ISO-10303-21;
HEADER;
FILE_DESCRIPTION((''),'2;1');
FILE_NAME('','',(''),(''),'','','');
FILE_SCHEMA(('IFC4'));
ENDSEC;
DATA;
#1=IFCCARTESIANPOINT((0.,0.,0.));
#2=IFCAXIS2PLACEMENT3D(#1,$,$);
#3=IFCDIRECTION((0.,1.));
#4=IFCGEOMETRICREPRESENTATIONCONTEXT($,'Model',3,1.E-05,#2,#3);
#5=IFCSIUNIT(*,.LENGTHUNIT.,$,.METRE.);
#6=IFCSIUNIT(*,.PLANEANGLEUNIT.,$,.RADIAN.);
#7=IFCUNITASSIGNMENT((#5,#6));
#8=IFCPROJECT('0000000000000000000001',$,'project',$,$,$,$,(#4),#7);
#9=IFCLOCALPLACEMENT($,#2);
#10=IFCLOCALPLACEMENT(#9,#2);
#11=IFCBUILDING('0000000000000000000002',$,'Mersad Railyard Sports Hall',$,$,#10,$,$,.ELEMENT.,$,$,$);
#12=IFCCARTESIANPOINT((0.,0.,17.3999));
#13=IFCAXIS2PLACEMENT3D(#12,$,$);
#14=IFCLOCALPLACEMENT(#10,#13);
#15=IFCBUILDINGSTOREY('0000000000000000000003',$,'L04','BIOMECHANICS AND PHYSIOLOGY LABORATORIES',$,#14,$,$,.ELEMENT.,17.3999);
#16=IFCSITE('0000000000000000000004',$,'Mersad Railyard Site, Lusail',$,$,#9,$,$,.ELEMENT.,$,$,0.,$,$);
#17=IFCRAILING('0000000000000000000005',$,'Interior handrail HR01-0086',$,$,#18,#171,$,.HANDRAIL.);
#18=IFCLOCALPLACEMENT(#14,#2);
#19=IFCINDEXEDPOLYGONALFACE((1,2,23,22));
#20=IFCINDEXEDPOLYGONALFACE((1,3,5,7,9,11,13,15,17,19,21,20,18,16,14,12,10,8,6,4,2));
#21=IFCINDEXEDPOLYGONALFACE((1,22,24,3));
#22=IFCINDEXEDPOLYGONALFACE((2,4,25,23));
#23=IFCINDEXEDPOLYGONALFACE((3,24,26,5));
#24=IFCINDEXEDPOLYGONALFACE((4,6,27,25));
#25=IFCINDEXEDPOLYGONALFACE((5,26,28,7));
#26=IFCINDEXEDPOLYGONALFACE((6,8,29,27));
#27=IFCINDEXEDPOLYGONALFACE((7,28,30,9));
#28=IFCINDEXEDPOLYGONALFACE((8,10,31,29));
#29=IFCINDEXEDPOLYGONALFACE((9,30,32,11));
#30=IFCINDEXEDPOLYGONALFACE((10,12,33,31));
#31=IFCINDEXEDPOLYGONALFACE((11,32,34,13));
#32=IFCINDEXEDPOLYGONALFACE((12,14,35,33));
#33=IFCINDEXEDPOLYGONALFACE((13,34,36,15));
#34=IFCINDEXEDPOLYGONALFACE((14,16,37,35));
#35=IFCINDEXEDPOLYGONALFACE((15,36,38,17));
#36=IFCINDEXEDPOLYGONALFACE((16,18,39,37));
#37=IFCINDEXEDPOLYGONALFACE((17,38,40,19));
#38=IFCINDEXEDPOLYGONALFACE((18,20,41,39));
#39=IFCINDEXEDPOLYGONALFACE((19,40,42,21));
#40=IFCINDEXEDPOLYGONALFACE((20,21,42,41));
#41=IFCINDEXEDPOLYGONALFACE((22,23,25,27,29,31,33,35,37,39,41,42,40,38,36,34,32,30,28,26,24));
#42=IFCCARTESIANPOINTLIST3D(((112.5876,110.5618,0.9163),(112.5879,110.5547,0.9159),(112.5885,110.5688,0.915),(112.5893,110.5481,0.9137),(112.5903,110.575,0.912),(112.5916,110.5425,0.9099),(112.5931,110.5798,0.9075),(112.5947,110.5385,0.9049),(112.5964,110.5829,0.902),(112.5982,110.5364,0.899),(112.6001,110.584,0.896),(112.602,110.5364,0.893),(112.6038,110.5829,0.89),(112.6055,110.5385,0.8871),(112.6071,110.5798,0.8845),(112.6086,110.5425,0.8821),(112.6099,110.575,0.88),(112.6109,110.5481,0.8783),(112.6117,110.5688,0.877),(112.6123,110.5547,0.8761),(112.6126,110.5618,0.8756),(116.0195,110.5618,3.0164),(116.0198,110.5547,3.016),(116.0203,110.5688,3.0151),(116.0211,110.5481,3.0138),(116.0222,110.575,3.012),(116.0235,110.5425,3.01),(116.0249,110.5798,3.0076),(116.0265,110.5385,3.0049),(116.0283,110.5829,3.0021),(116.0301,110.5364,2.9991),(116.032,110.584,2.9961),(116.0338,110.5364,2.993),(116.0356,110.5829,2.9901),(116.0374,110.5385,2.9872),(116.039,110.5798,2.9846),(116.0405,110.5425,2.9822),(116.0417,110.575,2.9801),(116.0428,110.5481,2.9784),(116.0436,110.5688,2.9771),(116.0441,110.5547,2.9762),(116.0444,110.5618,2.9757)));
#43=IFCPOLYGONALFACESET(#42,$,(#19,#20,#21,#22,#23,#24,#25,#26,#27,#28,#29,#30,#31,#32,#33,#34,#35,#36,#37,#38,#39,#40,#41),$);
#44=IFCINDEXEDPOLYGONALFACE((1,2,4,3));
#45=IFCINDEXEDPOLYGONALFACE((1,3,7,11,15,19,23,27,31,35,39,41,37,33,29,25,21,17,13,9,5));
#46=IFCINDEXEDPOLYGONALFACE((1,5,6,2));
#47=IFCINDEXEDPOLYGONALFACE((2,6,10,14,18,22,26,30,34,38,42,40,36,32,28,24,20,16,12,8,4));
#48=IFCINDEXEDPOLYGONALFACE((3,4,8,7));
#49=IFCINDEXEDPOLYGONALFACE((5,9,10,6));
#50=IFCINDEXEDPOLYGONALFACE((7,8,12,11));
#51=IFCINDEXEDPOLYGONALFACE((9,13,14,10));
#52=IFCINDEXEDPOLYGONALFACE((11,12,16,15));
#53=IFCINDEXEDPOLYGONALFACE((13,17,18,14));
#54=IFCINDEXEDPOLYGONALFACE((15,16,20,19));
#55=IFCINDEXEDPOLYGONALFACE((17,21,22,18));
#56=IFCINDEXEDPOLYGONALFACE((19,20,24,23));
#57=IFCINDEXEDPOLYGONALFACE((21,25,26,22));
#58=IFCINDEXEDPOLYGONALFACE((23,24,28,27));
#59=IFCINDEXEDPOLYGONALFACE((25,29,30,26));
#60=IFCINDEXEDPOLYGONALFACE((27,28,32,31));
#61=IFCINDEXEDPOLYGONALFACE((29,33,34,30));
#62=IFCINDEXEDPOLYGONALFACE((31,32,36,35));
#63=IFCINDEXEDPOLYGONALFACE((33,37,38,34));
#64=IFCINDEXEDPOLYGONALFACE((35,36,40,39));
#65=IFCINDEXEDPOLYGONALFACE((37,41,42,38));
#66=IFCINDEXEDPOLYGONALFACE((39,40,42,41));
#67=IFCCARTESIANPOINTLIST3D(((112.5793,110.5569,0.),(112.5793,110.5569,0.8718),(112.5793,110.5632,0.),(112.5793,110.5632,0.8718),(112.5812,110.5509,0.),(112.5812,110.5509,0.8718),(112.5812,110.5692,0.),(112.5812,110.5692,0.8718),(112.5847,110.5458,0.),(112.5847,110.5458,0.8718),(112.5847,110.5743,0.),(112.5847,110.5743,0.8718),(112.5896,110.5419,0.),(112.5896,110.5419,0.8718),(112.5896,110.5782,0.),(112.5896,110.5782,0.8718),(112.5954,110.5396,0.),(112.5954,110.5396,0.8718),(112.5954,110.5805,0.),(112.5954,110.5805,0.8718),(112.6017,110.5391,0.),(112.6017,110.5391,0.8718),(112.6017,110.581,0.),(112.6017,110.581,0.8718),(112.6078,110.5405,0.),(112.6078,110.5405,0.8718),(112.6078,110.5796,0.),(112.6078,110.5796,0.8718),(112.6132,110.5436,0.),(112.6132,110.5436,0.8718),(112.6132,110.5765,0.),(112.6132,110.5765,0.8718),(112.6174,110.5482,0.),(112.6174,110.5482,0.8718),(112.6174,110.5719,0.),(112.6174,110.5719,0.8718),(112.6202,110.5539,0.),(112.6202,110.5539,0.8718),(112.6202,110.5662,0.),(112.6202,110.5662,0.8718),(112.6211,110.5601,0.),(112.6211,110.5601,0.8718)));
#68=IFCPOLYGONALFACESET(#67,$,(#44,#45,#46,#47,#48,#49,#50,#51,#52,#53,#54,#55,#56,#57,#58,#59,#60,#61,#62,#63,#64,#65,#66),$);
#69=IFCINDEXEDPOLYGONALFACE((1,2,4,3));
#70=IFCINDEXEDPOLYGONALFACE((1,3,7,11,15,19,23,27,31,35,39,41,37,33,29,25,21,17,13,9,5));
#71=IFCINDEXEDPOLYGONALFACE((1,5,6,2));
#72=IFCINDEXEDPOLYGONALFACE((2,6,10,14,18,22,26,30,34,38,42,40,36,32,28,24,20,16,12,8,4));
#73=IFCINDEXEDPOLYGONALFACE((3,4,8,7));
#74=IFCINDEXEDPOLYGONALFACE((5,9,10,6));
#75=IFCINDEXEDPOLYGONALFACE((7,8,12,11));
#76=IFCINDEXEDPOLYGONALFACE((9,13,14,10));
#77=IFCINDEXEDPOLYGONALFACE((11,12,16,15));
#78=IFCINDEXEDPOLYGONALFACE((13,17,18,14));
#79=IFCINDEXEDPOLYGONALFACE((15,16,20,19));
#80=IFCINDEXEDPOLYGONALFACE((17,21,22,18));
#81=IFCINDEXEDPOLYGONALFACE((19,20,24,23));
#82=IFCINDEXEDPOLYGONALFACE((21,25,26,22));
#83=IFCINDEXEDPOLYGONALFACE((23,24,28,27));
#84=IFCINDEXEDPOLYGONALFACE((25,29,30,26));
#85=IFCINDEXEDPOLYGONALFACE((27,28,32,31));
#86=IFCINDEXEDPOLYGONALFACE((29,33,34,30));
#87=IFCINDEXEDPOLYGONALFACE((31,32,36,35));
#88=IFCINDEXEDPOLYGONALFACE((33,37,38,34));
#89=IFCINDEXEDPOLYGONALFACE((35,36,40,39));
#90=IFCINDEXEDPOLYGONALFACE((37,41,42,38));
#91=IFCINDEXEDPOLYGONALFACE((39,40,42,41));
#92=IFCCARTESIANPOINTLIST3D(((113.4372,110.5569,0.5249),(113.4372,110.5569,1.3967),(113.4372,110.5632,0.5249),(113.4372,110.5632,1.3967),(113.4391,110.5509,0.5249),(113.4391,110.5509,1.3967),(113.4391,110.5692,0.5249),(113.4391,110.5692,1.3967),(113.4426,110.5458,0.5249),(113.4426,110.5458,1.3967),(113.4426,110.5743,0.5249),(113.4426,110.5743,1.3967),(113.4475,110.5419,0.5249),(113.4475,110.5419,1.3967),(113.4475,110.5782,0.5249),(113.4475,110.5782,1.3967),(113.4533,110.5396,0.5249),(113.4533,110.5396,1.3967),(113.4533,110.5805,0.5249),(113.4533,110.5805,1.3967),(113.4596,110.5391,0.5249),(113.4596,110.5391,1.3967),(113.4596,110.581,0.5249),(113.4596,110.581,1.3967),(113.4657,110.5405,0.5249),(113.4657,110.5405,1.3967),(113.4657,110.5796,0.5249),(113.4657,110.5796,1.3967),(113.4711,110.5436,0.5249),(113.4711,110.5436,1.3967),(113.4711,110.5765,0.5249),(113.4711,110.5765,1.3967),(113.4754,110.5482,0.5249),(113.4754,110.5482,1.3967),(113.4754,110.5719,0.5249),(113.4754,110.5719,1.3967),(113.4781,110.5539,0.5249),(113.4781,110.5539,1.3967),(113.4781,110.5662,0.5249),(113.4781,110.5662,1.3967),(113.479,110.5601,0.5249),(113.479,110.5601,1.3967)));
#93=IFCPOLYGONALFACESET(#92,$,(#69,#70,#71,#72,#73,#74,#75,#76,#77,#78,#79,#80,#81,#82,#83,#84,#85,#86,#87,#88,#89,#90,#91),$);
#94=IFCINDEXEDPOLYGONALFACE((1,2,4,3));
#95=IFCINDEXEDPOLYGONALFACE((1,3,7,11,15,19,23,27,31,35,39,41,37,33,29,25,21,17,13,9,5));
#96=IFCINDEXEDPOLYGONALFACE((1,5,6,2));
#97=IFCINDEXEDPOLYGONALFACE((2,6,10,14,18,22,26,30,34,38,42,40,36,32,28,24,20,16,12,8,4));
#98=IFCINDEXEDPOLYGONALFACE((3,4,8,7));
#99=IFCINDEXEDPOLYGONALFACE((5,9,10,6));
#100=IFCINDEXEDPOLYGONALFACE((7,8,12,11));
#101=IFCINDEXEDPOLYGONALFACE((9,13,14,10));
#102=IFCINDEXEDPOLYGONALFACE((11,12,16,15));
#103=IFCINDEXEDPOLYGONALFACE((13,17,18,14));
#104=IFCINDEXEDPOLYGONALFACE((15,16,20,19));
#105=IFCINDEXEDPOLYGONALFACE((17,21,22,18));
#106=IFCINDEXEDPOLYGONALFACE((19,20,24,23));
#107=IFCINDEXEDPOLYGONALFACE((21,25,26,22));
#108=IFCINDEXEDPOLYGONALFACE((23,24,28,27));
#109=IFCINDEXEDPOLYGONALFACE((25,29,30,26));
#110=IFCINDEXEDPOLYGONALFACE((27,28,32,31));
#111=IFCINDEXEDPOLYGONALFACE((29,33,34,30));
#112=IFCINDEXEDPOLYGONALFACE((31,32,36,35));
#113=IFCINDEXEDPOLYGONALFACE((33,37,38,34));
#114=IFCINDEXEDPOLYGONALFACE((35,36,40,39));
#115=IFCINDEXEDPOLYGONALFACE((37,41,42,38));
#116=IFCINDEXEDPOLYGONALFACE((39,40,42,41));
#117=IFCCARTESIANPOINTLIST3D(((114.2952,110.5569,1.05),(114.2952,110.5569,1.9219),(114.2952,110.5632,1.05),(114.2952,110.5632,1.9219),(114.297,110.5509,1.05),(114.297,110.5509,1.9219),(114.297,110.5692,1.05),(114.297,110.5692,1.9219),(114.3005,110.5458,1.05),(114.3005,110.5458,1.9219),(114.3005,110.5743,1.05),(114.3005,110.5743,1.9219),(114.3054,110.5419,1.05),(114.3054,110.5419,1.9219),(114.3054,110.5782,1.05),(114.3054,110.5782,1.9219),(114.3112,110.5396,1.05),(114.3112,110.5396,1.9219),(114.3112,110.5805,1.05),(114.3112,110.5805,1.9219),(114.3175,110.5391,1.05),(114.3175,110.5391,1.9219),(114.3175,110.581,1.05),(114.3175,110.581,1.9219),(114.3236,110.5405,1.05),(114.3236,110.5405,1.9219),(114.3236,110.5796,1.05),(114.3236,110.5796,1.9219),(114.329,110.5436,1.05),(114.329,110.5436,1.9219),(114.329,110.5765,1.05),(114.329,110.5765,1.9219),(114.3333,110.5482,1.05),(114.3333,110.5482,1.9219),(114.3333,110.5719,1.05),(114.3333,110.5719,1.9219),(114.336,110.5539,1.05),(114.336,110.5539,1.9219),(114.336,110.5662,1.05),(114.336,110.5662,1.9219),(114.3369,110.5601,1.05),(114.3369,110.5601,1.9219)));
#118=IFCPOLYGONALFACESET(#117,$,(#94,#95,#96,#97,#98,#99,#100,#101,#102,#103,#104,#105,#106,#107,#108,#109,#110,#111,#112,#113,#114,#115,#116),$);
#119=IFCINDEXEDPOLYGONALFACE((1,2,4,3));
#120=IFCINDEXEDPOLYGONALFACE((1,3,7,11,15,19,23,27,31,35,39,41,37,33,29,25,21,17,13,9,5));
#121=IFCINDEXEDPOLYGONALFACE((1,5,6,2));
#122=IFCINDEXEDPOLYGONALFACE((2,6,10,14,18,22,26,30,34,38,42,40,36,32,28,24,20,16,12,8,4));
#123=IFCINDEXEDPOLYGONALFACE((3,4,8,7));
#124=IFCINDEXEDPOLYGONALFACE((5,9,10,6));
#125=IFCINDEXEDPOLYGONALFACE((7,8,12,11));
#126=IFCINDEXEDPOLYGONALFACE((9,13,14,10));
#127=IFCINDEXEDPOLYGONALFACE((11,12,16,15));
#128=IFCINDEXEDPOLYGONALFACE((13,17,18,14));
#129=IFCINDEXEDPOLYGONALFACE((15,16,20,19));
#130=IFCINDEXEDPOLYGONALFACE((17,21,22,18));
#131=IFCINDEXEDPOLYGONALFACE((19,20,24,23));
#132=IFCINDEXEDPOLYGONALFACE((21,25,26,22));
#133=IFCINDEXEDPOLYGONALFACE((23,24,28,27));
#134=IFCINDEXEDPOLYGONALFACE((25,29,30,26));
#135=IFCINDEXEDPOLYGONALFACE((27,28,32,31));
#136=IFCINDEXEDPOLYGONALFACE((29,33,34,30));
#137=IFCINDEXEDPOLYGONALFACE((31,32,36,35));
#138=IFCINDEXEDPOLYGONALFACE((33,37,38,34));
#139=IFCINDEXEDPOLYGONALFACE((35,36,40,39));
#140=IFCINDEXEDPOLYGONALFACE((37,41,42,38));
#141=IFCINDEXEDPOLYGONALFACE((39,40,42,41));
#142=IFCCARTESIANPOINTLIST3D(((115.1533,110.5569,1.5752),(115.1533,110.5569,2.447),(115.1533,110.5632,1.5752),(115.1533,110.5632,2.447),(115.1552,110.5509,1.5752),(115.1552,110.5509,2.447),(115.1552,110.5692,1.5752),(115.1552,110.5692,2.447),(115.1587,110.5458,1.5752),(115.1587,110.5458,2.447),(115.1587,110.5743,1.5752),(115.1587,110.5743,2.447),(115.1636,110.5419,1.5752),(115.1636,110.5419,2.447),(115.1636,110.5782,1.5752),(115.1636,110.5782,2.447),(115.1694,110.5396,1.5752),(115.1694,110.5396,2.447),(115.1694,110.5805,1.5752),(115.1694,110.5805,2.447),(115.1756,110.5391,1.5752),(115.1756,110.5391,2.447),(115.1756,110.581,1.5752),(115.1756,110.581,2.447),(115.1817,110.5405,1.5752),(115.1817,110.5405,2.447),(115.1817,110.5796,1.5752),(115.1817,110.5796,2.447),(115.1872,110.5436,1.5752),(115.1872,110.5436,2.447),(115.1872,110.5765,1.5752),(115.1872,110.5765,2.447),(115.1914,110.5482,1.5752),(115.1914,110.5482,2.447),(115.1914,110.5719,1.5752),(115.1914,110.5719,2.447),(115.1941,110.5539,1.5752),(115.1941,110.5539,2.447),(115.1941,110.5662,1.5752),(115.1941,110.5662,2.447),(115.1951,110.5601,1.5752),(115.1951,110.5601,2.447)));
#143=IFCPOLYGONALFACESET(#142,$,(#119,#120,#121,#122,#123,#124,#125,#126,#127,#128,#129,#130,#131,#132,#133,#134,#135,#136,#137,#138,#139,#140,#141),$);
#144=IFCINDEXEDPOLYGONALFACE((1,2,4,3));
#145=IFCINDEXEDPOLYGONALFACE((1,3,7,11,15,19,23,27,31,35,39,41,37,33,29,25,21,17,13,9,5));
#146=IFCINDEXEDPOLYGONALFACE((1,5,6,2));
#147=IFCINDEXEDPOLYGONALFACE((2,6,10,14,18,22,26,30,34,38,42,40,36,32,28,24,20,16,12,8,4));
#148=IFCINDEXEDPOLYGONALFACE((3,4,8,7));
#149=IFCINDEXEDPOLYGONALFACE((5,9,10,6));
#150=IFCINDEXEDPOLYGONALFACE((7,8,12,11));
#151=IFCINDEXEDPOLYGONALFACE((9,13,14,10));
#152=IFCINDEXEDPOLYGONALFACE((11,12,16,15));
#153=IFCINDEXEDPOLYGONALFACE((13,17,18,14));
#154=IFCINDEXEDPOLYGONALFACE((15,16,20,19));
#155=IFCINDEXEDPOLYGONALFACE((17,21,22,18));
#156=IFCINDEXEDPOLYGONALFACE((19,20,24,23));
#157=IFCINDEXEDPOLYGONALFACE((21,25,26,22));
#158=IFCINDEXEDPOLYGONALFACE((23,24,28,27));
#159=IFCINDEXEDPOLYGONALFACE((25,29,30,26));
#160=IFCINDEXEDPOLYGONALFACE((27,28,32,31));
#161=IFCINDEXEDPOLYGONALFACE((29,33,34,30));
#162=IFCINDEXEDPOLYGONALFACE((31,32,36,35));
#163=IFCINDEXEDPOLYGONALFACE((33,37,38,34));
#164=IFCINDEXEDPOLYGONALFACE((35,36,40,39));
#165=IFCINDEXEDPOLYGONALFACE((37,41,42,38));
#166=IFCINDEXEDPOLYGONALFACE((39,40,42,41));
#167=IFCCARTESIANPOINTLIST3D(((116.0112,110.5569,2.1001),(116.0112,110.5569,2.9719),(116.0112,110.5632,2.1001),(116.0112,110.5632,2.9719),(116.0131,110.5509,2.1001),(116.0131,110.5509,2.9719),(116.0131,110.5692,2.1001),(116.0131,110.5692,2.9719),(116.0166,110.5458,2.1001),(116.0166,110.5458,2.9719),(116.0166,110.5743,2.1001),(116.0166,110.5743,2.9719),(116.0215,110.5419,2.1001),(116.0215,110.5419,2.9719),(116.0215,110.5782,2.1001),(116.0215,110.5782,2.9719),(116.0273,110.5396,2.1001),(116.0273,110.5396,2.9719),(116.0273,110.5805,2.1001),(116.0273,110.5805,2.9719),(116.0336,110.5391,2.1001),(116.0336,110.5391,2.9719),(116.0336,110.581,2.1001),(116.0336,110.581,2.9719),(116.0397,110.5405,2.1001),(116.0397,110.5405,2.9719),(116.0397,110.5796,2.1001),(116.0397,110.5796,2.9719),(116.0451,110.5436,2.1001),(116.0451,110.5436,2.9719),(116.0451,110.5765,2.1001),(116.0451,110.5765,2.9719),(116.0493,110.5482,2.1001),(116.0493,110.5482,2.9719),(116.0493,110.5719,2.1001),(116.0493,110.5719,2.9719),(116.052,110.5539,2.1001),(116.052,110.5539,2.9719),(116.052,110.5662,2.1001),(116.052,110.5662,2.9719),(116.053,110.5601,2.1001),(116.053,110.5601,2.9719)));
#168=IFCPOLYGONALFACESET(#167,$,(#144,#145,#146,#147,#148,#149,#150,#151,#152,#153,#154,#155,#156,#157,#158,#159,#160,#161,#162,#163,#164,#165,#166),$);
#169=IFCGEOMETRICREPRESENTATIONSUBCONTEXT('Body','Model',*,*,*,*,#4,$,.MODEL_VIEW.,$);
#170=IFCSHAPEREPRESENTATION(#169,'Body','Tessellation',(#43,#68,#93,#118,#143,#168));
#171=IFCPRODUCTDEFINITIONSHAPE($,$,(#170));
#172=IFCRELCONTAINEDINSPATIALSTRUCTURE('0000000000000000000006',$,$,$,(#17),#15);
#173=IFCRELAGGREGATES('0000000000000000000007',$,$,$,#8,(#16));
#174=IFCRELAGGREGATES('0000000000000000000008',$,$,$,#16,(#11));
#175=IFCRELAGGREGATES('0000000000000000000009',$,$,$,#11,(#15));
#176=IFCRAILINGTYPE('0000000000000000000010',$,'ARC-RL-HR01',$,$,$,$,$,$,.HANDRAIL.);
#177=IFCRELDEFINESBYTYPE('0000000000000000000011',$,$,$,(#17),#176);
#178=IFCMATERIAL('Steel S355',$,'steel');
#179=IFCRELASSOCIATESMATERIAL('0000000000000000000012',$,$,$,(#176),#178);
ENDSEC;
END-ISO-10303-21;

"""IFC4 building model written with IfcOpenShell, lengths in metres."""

from ifc_helpers import new_model, si_unit, direction, frame, origin, origin_2d, place, context, subcontext, project, spatial, circle, extrude, material, type_object, element, save


model = new_model("IFC4")

# Units and contexts
model_context = context("Model", 3, precision=1e-05, world=origin(), true_north=direction((0.0, 1.0)))
body_context = subcontext(model_context, "Body", "Model", "MODEL_VIEW")
ifc_project = project(units=[si_unit("LENGTHUNIT", "METRE"), si_unit("PLANEANGLEUNIT", "RADIAN")], contexts=[model_context])

# Site, building, storey
site_placement = place(None, origin())
site = spatial("IfcSite", under=ifc_project, at=site_placement, Name="Mersad Railyard Site, Lusail", CompositionType="ELEMENT", RefElevation=0.0)
building_placement = place(site_placement, origin())
building = spatial("IfcBuilding", under=site, at=building_placement, Name="Mersad Railyard Sports Hall", CompositionType="ELEMENT")
storey_placement = place(building_placement, frame((0.0, 0.0, 17.3999)))
storey = spatial("IfcBuildingStorey", under=building, at=storey_placement, Name="L04", Description="BIOMECHANICS AND PHYSIOLOGY LABORATORIES", CompositionType="ELEMENT", Elevation=17.3999)

# Shared definitions
ifc_material_1 = material(Name="Steel S355", Category="steel")

# Railing
railing_type_1 = type_object("IfcRailingType", Name="ARC-RL-HR01", PredefinedType="HANDRAIL", material=ifc_material_1)
railing_1_placement = place(storey_placement, frame((112.6001, 110.5601, 0.0)))
element("IfcRailing", 1, at=railing_1_placement, inside=storey, type_object=railing_type_1, Name="Interior handrail HR01-0086", PredefinedType="HANDRAIL", context=body_context, shape_type="SweptSolid", body=[
    extrude(circle(Radius=0.0239, at=origin_2d()), frame((0.0, 0.0, 0.896), z_axis=(0.852968, 0.0, 0.521963), x_axis=(0.0, 1.0, 0.0)), (0.0, 0.0, 1.0), 4.0234),
    extrude(circle(Radius=0.021, at=origin_2d()), origin(), (0.0, 0.0, 1.0), 0.8718),
    extrude(circle(Radius=0.021, at=origin_2d()), frame((0.8579, 0.0, 0.5249)), (0.0, 0.0, 1.0), 0.8718),
    extrude(circle(Radius=0.021, at=origin_2d()), frame((1.7158, 0.0, 1.05)), (0.0, 0.0, 1.0), 0.8718),
    extrude(circle(Radius=0.021, at=origin_2d()), frame((2.574, 0.0, 1.5752)), (0.0, 0.0, 1.0), 0.8718),
    extrude(circle(Radius=0.021, at=origin_2d()), frame((3.4319, 0.0, 2.1001)), (0.0, 0.0, 1.0), 0.8718),
])

save(model, "model.ifc")
